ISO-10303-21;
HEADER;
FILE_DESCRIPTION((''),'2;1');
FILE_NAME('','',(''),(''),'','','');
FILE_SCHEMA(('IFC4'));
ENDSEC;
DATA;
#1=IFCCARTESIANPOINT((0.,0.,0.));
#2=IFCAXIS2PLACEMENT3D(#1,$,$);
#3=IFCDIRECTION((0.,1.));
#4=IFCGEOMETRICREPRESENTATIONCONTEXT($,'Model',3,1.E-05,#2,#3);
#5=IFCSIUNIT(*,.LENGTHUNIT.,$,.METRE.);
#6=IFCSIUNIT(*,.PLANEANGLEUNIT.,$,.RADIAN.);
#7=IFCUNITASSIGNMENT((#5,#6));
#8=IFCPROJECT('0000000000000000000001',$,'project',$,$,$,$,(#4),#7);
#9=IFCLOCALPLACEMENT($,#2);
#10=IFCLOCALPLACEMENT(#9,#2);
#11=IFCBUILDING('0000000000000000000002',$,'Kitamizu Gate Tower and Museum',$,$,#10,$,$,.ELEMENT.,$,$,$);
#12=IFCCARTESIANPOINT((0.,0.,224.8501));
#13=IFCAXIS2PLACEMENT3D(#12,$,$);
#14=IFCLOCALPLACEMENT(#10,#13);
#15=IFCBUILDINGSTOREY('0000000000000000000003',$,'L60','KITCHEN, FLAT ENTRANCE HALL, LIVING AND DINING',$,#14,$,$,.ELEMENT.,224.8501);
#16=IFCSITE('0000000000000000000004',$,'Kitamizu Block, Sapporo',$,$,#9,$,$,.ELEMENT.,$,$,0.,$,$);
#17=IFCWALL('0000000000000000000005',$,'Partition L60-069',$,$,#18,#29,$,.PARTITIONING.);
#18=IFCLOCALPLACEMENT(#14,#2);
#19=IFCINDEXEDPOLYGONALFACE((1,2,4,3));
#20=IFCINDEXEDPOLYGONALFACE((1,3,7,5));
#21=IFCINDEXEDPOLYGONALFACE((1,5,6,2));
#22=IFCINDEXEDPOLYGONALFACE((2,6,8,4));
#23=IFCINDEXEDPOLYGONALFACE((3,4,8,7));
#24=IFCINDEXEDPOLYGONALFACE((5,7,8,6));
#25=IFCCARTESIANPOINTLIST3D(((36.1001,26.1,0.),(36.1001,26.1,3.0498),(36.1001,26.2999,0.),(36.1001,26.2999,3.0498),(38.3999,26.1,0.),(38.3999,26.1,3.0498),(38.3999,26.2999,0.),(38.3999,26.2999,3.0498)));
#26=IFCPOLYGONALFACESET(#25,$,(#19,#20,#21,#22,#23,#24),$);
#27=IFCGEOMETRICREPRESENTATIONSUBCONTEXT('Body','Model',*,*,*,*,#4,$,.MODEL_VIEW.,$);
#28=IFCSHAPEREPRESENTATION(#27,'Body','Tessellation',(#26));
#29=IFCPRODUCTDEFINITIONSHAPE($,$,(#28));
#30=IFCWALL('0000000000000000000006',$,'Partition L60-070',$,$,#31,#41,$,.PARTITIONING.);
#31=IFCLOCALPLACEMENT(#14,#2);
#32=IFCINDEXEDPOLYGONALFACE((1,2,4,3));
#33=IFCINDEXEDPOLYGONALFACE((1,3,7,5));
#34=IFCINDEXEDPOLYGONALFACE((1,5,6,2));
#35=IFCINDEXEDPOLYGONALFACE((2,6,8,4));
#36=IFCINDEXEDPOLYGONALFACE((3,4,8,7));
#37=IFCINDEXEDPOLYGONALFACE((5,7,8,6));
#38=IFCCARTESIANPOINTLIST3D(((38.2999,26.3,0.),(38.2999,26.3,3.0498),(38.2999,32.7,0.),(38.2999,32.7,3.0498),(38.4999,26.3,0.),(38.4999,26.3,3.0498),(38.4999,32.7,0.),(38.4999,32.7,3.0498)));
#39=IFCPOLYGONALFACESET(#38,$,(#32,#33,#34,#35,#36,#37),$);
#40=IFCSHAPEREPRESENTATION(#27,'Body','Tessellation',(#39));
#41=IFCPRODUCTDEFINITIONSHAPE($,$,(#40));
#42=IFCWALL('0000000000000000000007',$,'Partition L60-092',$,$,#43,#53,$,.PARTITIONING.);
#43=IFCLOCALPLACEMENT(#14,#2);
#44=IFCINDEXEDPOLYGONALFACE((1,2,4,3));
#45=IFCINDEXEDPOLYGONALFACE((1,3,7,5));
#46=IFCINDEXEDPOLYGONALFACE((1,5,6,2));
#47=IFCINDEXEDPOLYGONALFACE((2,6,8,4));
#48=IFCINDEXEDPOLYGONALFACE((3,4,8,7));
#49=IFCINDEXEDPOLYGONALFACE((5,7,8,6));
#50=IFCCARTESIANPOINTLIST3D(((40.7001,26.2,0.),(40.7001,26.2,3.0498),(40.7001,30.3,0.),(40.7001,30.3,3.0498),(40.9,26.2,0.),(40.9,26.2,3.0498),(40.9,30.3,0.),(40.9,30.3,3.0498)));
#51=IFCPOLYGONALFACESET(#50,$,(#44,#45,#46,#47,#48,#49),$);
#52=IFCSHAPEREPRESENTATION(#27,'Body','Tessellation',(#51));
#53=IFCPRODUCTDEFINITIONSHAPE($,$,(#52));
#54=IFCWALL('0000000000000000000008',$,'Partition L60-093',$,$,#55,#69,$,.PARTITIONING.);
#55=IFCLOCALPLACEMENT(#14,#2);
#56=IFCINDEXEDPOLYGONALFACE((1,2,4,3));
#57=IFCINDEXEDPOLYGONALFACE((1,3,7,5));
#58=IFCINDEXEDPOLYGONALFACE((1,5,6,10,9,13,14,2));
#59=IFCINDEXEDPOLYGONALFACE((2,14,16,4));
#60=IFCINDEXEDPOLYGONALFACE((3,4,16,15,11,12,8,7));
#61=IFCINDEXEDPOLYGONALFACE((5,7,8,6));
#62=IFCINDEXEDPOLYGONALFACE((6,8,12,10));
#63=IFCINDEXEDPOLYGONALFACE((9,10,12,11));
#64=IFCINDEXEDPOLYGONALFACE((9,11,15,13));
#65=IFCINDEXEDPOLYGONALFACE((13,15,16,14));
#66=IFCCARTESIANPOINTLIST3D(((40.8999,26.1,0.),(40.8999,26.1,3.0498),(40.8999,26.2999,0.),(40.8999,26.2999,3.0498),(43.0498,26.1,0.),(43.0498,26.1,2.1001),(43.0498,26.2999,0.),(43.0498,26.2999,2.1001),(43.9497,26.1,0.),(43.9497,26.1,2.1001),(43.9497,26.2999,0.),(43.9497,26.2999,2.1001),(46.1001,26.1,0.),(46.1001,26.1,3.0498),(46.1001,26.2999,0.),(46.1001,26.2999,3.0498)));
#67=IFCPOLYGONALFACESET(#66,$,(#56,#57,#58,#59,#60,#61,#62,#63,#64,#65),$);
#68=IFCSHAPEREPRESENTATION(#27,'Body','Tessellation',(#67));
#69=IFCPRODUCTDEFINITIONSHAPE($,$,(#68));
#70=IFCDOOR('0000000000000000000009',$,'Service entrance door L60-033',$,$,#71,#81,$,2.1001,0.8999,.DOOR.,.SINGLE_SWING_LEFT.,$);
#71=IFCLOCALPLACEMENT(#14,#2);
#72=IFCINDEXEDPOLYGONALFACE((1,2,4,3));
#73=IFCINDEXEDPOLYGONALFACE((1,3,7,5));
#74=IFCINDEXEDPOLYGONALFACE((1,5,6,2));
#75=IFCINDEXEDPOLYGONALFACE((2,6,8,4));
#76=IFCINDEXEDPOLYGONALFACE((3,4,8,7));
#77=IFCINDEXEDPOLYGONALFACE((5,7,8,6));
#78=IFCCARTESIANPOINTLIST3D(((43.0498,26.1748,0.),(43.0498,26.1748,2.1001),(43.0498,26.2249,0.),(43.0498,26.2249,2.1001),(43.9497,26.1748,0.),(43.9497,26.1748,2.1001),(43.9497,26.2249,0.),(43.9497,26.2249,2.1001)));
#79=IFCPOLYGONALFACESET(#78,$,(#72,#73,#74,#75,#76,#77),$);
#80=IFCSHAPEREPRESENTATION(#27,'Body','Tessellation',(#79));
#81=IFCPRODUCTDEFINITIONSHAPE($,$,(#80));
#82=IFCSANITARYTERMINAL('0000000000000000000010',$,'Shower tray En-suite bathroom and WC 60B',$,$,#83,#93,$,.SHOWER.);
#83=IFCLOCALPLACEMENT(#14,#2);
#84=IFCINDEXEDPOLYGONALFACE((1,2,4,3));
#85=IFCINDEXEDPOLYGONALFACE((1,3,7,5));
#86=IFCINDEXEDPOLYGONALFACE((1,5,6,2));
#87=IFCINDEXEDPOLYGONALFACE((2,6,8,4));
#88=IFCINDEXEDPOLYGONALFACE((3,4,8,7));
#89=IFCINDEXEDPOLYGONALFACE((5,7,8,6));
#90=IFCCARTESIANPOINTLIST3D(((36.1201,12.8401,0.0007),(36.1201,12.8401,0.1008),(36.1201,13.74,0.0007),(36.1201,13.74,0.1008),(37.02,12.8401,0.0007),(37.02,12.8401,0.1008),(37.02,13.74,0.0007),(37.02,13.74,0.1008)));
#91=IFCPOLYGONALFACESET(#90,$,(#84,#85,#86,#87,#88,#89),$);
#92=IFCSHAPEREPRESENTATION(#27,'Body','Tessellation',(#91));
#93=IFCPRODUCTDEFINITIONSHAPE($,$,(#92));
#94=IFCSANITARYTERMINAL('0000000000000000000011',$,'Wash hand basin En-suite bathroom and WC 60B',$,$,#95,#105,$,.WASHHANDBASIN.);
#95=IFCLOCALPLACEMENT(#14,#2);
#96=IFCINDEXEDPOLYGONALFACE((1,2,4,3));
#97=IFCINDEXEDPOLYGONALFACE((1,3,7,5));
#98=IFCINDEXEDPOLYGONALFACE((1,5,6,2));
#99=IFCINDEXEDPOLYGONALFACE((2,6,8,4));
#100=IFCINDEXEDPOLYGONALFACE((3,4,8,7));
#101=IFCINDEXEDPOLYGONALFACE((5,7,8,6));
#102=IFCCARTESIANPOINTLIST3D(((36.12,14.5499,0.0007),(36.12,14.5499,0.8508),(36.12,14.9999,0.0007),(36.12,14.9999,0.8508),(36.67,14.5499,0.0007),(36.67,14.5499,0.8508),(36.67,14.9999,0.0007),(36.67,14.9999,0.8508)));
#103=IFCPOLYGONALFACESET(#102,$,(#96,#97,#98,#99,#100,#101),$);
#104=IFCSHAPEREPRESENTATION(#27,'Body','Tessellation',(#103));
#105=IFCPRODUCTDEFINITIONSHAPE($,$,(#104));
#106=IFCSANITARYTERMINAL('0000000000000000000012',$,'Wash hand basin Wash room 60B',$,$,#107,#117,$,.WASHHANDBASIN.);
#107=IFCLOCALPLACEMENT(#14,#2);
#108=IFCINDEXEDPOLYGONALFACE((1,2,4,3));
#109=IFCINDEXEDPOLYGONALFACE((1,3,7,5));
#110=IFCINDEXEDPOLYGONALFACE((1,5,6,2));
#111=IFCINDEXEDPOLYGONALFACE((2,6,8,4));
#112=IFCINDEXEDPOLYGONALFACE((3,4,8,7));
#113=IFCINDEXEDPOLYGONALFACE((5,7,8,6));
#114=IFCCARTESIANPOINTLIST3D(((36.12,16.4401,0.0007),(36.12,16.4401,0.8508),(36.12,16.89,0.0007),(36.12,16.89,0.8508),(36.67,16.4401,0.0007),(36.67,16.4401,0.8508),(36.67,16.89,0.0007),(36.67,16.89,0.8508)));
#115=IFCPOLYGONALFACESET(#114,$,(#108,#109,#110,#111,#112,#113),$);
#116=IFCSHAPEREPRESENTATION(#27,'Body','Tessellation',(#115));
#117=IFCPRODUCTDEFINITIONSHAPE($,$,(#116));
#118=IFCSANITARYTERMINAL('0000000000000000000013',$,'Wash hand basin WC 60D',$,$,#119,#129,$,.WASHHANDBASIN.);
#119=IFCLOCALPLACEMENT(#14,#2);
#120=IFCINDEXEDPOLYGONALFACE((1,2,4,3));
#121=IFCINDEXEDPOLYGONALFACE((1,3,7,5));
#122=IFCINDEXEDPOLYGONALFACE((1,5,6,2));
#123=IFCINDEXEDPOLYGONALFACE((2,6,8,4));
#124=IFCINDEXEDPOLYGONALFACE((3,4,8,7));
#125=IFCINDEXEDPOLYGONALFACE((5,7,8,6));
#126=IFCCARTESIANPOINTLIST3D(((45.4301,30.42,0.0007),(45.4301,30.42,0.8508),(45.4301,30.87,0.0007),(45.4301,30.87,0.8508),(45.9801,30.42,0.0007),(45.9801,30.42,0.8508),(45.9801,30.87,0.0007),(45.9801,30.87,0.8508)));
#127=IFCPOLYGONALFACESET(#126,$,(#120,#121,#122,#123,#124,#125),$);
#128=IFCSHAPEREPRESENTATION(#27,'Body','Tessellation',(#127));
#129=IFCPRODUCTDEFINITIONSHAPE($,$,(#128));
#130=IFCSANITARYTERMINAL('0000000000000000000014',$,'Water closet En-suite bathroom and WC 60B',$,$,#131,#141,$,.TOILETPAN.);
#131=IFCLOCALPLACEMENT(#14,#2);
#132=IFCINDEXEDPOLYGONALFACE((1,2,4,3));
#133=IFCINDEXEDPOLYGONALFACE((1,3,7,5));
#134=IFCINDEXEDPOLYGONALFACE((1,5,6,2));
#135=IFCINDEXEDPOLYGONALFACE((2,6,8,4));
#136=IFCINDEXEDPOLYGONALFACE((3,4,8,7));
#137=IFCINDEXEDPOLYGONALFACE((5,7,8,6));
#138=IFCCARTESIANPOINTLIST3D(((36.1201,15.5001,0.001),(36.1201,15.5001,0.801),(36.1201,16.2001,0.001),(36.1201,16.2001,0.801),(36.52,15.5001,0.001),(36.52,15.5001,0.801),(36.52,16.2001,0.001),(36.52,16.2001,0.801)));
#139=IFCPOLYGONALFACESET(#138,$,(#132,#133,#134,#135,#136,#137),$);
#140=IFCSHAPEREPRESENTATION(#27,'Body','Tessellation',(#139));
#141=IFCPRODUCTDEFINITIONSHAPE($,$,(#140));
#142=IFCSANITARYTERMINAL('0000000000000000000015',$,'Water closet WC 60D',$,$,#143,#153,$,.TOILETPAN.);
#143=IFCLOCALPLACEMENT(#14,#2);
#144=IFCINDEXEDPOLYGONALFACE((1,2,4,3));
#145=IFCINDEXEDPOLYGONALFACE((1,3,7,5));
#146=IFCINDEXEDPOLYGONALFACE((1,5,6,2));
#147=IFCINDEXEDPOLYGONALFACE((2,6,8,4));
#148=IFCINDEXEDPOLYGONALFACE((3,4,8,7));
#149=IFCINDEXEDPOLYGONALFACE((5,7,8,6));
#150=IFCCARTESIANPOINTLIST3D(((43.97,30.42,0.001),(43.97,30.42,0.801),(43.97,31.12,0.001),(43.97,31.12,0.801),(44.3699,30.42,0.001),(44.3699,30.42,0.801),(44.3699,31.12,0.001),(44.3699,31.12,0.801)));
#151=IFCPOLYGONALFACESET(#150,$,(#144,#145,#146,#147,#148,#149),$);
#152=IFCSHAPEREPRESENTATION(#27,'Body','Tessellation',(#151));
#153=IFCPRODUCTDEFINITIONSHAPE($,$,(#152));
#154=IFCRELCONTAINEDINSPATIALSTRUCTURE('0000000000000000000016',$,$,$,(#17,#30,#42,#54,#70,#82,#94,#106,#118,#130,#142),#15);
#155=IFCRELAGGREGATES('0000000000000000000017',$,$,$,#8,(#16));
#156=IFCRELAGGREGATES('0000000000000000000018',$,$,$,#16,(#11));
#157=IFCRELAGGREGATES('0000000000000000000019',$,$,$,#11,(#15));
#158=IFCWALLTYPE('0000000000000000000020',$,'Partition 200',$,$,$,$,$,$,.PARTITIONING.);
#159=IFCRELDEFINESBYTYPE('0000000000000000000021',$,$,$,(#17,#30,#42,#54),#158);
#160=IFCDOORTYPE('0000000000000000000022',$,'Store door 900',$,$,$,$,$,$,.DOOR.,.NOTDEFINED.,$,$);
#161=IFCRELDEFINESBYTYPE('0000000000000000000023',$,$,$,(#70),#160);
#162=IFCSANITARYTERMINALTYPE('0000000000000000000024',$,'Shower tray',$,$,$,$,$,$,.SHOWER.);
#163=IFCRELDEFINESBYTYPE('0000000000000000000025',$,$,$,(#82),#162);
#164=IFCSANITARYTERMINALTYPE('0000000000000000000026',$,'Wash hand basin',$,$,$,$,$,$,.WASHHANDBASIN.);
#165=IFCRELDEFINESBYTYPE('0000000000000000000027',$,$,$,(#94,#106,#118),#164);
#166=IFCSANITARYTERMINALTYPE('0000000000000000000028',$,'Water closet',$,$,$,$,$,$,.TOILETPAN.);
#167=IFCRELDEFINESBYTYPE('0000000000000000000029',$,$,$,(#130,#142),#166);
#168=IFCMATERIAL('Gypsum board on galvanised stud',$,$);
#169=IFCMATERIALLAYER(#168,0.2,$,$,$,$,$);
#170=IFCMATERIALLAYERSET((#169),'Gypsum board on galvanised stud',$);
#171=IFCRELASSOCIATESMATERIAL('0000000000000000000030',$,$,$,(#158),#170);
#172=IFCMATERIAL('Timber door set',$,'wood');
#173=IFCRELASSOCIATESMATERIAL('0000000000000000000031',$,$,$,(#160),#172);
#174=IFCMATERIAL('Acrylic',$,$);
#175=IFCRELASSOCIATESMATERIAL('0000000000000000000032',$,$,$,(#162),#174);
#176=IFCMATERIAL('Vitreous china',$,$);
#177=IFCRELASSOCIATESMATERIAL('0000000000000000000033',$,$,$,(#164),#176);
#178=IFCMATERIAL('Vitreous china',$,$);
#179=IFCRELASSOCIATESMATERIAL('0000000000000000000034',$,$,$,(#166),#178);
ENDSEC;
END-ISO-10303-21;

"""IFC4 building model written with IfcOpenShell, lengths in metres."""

from ifc_helpers import new_model, si_unit, direction, frame, frame_2d, origin, origin_2d, place, context, subcontext, project, spatial, rectangle, extrude, material, layer, layer_set, type_object, element, fill, save


model = new_model("IFC4")

# Units and contexts
model_context = context("Model", 3, precision=1e-05, world=origin(), true_north=direction((0.0, 1.0)))
body_context = subcontext(model_context, "Body", "Model", "MODEL_VIEW")
ifc_project = project(units=[si_unit("LENGTHUNIT", "METRE"), si_unit("PLANEANGLEUNIT", "RADIAN")], contexts=[model_context])

# Site, building, storey
site_placement = place(None, origin())
site = spatial("IfcSite", under=ifc_project, at=site_placement, Name="Kitamizu Block, Sapporo", CompositionType="ELEMENT", RefElevation=0.0)
building_placement = place(site_placement, origin())
building = spatial("IfcBuilding", under=site, at=building_placement, Name="Kitamizu Gate Tower and Museum", CompositionType="ELEMENT")
storey_placement = place(building_placement, frame((0.0, 0.0, 224.8501)))
storey = spatial("IfcBuildingStorey", under=building, at=storey_placement, Name="L60", Description="KITCHEN, FLAT ENTRANCE HALL, LIVING AND DINING", CompositionType="ELEMENT", Elevation=224.8501)

# Walls
ifc_material_1 = material(Name="Gypsum board on galvanised stud")
ifc_layer_1 = layer(ifc_material_1, 0.2)
ifc_layer_set_1 = layer_set([ifc_layer_1], Name="Gypsum board on galvanised stud")
wall_type_1 = type_object("IfcWallType", Name="Partition 200", PredefinedType="PARTITIONING", material=ifc_layer_set_1)
wall_1_placement = place(storey_placement, frame((36.1001, 26.2, 0.0), z_axis=(0.0, 0.0, 1.0), x_axis=(1.0, 0.0, 0.0)))
element("IfcWall", 1, at=wall_1_placement, inside=storey, type_object=wall_type_1, Name="Partition L60-069", PredefinedType="PARTITIONING", context=body_context, shape_type="SweptSolid", body=[
    extrude(rectangle(XDim=2.2998, YDim=0.2, at=frame_2d((1.1499, 0.0))), origin(), (0.0, 0.0, 1.0), 3.0498),
])
wall_2_placement = place(storey_placement, frame((38.3999, 26.3, 0.0), z_axis=(0.0, 0.0, 1.0), x_axis=(0.0, 1.0, 0.0)))
element("IfcWall", 2, at=wall_2_placement, inside=storey, type_object=wall_type_1, Name="Partition L60-070", PredefinedType="PARTITIONING", context=body_context, shape_type="SweptSolid", body=[
    extrude(rectangle(XDim=6.3999, YDim=0.2, at=frame_2d((3.2, 0.0))), origin(), (0.0, 0.0, 1.0), 3.0498),
])
wall_3_placement = place(storey_placement, frame((40.8, 30.3, 0.0), z_axis=(0.0, 0.0, 1.0), x_axis=(0.0, -1.0, 0.0)))
element("IfcWall", 3, at=wall_3_placement, inside=storey, type_object=wall_type_1, Name="Partition L60-092", PredefinedType="PARTITIONING", context=body_context, shape_type="SweptSolid", body=[
    extrude(rectangle(XDim=4.1001, YDim=0.2, at=frame_2d((2.05, 0.0))), origin(), (0.0, 0.0, 1.0), 3.0498),
])

# Wall, opening, door
wall_4_placement = place(storey_placement, frame((40.8999, 26.2, 0.0), z_axis=(0.0, 0.0, 1.0), x_axis=(1.0, 0.0, 0.0)))
wall_4 = element("IfcWall", 4, at=wall_4_placement, inside=storey, type_object=wall_type_1, Name="Partition L60-093", PredefinedType="PARTITIONING", context=body_context, shape_type="SweptSolid", body=[
    extrude(rectangle(XDim=5.2002, YDim=0.2, at=frame_2d((2.6001, 0.0))), origin(), (0.0, 0.0, 1.0), 3.0498),
])
opening_1_placement = place(wall_4_placement, frame((2.1499, 0.0, 0.0)))
opening_1 = element("IfcOpeningElement", 5, at=opening_1_placement, cuts=wall_4, PredefinedType="OPENING", context=body_context, shape_type="SweptSolid", body=[
    extrude(rectangle(XDim=0.8999, YDim=2.1001, at=frame_2d((0.45, 1.05))), frame((0.0, 0.1099, 0.0), z_axis=(0.0, -1.0, 0.0), x_axis=(1.0, 0.0, 0.0)), (0.0, 0.0, 1.0), 0.22),
])
ifc_material_2 = material(Name="Timber door set", Category="wood")
door_type_1 = type_object("IfcDoorType", Name="Store door 900", OperationType="NOTDEFINED", PredefinedType="DOOR", material=ifc_material_2)
door_1_placement = place(opening_1_placement, origin())
door_1 = element("IfcDoor", 6, at=door_1_placement, inside=storey, type_object=door_type_1, Name="Service entrance door L60-033", OperationType="SINGLE_SWING_LEFT", OverallHeight=2.1001, OverallWidth=0.8999, PredefinedType="DOOR", context=body_context, shape_type="SweptSolid", body=[
    extrude(rectangle(XDim=0.8999, YDim=2.1001, at=frame_2d((0.45, 1.05))), frame((0.0, 0.0249, 0.0), z_axis=(0.0, -1.0, 0.0), x_axis=(1.0, 0.0, 0.0)), (0.0, 0.0, 1.0), 0.05),
])
fill(opening_1, door_1)

# Sanitary terminals
ifc_material_3 = material(Name="Acrylic")
sanitary_terminal_type_1 = type_object("IfcSanitaryTerminalType", Name="Shower tray", PredefinedType="SHOWER", material=ifc_material_3)
sanitary_terminal_placement = place(storey_placement, frame((36.5701, 13.29, 0.0007), z_axis=(0.0, 0.0, 1.0), x_axis=(1.0, 0.0, 0.0)))
element("IfcSanitaryTerminal", 7, at=sanitary_terminal_placement, inside=storey, type_object=sanitary_terminal_type_1, Name="Shower tray En-suite bathroom and WC 60B", PredefinedType="SHOWER", context=body_context, shape_type="SweptSolid", body=[
    extrude(rectangle(XDim=0.8999, YDim=0.8999, at=origin_2d()), origin(), (0.0, 0.0, 1.0), 0.1001),
])
ifc_material_4 = material(Name="Vitreous china")
sanitary_terminal_type_2 = type_object("IfcSanitaryTerminalType", Name="Wash hand basin", PredefinedType="WASHHANDBASIN", material=ifc_material_4)
for number, where, z_axis, x_axis, name in (
    (8, (36.395, 14.7749, 0.0007), (0.0, 0.0, 1.0), (1.0, 0.0, 0.0), "Wash hand basin En-suite bathroom and WC 60B"),
    (9, (36.395, 16.665, 0.0007), (0.0, 0.0, 1.0), (1.0, 0.0, 0.0), "Wash hand basin Wash room 60B"),
    (10, (45.7051, 30.645, 0.0007), (0.0, 0.0, 1.0), (1.0, 0.0, 0.0), "Wash hand basin WC 60D"),
):
    element("IfcSanitaryTerminal", number, at=place(storey_placement, frame(where, z_axis=z_axis, x_axis=x_axis)), inside=storey, type_object=sanitary_terminal_type_2, Name=name, PredefinedType="WASHHANDBASIN", context=body_context, shape_type="SweptSolid", body=[
        extrude(rectangle(XDim=0.55, YDim=0.45, at=origin_2d()), origin(), (0.0, 0.0, 1.0), 0.8501),
    ])
ifc_material_5 = material(Name="Vitreous china")
sanitary_terminal_type_3 = type_object("IfcSanitaryTerminalType", Name="Water closet", PredefinedType="TOILETPAN", material=ifc_material_5)
for number, where, z_axis, x_axis, name in (
    (11, (36.3201, 15.8501, 0.001), (0.0, 0.0, 1.0), (1.0, 0.0, 0.0), "Water closet En-suite bathroom and WC 60B"),
    (12, (44.1699, 30.77, 0.001), (0.0, 0.0, 1.0), (1.0, 0.0, 0.0), "Water closet WC 60D"),
):
    element("IfcSanitaryTerminal", number, at=place(storey_placement, frame(where, z_axis=z_axis, x_axis=x_axis)), inside=storey, type_object=sanitary_terminal_type_3, Name=name, PredefinedType="TOILETPAN", context=body_context, shape_type="SweptSolid", body=[
        extrude(rectangle(XDim=0.3999, YDim=0.7, at=origin_2d()), origin(), (0.0, 0.0, 1.0), 0.8),
    ])

save(model, "model.ifc")
